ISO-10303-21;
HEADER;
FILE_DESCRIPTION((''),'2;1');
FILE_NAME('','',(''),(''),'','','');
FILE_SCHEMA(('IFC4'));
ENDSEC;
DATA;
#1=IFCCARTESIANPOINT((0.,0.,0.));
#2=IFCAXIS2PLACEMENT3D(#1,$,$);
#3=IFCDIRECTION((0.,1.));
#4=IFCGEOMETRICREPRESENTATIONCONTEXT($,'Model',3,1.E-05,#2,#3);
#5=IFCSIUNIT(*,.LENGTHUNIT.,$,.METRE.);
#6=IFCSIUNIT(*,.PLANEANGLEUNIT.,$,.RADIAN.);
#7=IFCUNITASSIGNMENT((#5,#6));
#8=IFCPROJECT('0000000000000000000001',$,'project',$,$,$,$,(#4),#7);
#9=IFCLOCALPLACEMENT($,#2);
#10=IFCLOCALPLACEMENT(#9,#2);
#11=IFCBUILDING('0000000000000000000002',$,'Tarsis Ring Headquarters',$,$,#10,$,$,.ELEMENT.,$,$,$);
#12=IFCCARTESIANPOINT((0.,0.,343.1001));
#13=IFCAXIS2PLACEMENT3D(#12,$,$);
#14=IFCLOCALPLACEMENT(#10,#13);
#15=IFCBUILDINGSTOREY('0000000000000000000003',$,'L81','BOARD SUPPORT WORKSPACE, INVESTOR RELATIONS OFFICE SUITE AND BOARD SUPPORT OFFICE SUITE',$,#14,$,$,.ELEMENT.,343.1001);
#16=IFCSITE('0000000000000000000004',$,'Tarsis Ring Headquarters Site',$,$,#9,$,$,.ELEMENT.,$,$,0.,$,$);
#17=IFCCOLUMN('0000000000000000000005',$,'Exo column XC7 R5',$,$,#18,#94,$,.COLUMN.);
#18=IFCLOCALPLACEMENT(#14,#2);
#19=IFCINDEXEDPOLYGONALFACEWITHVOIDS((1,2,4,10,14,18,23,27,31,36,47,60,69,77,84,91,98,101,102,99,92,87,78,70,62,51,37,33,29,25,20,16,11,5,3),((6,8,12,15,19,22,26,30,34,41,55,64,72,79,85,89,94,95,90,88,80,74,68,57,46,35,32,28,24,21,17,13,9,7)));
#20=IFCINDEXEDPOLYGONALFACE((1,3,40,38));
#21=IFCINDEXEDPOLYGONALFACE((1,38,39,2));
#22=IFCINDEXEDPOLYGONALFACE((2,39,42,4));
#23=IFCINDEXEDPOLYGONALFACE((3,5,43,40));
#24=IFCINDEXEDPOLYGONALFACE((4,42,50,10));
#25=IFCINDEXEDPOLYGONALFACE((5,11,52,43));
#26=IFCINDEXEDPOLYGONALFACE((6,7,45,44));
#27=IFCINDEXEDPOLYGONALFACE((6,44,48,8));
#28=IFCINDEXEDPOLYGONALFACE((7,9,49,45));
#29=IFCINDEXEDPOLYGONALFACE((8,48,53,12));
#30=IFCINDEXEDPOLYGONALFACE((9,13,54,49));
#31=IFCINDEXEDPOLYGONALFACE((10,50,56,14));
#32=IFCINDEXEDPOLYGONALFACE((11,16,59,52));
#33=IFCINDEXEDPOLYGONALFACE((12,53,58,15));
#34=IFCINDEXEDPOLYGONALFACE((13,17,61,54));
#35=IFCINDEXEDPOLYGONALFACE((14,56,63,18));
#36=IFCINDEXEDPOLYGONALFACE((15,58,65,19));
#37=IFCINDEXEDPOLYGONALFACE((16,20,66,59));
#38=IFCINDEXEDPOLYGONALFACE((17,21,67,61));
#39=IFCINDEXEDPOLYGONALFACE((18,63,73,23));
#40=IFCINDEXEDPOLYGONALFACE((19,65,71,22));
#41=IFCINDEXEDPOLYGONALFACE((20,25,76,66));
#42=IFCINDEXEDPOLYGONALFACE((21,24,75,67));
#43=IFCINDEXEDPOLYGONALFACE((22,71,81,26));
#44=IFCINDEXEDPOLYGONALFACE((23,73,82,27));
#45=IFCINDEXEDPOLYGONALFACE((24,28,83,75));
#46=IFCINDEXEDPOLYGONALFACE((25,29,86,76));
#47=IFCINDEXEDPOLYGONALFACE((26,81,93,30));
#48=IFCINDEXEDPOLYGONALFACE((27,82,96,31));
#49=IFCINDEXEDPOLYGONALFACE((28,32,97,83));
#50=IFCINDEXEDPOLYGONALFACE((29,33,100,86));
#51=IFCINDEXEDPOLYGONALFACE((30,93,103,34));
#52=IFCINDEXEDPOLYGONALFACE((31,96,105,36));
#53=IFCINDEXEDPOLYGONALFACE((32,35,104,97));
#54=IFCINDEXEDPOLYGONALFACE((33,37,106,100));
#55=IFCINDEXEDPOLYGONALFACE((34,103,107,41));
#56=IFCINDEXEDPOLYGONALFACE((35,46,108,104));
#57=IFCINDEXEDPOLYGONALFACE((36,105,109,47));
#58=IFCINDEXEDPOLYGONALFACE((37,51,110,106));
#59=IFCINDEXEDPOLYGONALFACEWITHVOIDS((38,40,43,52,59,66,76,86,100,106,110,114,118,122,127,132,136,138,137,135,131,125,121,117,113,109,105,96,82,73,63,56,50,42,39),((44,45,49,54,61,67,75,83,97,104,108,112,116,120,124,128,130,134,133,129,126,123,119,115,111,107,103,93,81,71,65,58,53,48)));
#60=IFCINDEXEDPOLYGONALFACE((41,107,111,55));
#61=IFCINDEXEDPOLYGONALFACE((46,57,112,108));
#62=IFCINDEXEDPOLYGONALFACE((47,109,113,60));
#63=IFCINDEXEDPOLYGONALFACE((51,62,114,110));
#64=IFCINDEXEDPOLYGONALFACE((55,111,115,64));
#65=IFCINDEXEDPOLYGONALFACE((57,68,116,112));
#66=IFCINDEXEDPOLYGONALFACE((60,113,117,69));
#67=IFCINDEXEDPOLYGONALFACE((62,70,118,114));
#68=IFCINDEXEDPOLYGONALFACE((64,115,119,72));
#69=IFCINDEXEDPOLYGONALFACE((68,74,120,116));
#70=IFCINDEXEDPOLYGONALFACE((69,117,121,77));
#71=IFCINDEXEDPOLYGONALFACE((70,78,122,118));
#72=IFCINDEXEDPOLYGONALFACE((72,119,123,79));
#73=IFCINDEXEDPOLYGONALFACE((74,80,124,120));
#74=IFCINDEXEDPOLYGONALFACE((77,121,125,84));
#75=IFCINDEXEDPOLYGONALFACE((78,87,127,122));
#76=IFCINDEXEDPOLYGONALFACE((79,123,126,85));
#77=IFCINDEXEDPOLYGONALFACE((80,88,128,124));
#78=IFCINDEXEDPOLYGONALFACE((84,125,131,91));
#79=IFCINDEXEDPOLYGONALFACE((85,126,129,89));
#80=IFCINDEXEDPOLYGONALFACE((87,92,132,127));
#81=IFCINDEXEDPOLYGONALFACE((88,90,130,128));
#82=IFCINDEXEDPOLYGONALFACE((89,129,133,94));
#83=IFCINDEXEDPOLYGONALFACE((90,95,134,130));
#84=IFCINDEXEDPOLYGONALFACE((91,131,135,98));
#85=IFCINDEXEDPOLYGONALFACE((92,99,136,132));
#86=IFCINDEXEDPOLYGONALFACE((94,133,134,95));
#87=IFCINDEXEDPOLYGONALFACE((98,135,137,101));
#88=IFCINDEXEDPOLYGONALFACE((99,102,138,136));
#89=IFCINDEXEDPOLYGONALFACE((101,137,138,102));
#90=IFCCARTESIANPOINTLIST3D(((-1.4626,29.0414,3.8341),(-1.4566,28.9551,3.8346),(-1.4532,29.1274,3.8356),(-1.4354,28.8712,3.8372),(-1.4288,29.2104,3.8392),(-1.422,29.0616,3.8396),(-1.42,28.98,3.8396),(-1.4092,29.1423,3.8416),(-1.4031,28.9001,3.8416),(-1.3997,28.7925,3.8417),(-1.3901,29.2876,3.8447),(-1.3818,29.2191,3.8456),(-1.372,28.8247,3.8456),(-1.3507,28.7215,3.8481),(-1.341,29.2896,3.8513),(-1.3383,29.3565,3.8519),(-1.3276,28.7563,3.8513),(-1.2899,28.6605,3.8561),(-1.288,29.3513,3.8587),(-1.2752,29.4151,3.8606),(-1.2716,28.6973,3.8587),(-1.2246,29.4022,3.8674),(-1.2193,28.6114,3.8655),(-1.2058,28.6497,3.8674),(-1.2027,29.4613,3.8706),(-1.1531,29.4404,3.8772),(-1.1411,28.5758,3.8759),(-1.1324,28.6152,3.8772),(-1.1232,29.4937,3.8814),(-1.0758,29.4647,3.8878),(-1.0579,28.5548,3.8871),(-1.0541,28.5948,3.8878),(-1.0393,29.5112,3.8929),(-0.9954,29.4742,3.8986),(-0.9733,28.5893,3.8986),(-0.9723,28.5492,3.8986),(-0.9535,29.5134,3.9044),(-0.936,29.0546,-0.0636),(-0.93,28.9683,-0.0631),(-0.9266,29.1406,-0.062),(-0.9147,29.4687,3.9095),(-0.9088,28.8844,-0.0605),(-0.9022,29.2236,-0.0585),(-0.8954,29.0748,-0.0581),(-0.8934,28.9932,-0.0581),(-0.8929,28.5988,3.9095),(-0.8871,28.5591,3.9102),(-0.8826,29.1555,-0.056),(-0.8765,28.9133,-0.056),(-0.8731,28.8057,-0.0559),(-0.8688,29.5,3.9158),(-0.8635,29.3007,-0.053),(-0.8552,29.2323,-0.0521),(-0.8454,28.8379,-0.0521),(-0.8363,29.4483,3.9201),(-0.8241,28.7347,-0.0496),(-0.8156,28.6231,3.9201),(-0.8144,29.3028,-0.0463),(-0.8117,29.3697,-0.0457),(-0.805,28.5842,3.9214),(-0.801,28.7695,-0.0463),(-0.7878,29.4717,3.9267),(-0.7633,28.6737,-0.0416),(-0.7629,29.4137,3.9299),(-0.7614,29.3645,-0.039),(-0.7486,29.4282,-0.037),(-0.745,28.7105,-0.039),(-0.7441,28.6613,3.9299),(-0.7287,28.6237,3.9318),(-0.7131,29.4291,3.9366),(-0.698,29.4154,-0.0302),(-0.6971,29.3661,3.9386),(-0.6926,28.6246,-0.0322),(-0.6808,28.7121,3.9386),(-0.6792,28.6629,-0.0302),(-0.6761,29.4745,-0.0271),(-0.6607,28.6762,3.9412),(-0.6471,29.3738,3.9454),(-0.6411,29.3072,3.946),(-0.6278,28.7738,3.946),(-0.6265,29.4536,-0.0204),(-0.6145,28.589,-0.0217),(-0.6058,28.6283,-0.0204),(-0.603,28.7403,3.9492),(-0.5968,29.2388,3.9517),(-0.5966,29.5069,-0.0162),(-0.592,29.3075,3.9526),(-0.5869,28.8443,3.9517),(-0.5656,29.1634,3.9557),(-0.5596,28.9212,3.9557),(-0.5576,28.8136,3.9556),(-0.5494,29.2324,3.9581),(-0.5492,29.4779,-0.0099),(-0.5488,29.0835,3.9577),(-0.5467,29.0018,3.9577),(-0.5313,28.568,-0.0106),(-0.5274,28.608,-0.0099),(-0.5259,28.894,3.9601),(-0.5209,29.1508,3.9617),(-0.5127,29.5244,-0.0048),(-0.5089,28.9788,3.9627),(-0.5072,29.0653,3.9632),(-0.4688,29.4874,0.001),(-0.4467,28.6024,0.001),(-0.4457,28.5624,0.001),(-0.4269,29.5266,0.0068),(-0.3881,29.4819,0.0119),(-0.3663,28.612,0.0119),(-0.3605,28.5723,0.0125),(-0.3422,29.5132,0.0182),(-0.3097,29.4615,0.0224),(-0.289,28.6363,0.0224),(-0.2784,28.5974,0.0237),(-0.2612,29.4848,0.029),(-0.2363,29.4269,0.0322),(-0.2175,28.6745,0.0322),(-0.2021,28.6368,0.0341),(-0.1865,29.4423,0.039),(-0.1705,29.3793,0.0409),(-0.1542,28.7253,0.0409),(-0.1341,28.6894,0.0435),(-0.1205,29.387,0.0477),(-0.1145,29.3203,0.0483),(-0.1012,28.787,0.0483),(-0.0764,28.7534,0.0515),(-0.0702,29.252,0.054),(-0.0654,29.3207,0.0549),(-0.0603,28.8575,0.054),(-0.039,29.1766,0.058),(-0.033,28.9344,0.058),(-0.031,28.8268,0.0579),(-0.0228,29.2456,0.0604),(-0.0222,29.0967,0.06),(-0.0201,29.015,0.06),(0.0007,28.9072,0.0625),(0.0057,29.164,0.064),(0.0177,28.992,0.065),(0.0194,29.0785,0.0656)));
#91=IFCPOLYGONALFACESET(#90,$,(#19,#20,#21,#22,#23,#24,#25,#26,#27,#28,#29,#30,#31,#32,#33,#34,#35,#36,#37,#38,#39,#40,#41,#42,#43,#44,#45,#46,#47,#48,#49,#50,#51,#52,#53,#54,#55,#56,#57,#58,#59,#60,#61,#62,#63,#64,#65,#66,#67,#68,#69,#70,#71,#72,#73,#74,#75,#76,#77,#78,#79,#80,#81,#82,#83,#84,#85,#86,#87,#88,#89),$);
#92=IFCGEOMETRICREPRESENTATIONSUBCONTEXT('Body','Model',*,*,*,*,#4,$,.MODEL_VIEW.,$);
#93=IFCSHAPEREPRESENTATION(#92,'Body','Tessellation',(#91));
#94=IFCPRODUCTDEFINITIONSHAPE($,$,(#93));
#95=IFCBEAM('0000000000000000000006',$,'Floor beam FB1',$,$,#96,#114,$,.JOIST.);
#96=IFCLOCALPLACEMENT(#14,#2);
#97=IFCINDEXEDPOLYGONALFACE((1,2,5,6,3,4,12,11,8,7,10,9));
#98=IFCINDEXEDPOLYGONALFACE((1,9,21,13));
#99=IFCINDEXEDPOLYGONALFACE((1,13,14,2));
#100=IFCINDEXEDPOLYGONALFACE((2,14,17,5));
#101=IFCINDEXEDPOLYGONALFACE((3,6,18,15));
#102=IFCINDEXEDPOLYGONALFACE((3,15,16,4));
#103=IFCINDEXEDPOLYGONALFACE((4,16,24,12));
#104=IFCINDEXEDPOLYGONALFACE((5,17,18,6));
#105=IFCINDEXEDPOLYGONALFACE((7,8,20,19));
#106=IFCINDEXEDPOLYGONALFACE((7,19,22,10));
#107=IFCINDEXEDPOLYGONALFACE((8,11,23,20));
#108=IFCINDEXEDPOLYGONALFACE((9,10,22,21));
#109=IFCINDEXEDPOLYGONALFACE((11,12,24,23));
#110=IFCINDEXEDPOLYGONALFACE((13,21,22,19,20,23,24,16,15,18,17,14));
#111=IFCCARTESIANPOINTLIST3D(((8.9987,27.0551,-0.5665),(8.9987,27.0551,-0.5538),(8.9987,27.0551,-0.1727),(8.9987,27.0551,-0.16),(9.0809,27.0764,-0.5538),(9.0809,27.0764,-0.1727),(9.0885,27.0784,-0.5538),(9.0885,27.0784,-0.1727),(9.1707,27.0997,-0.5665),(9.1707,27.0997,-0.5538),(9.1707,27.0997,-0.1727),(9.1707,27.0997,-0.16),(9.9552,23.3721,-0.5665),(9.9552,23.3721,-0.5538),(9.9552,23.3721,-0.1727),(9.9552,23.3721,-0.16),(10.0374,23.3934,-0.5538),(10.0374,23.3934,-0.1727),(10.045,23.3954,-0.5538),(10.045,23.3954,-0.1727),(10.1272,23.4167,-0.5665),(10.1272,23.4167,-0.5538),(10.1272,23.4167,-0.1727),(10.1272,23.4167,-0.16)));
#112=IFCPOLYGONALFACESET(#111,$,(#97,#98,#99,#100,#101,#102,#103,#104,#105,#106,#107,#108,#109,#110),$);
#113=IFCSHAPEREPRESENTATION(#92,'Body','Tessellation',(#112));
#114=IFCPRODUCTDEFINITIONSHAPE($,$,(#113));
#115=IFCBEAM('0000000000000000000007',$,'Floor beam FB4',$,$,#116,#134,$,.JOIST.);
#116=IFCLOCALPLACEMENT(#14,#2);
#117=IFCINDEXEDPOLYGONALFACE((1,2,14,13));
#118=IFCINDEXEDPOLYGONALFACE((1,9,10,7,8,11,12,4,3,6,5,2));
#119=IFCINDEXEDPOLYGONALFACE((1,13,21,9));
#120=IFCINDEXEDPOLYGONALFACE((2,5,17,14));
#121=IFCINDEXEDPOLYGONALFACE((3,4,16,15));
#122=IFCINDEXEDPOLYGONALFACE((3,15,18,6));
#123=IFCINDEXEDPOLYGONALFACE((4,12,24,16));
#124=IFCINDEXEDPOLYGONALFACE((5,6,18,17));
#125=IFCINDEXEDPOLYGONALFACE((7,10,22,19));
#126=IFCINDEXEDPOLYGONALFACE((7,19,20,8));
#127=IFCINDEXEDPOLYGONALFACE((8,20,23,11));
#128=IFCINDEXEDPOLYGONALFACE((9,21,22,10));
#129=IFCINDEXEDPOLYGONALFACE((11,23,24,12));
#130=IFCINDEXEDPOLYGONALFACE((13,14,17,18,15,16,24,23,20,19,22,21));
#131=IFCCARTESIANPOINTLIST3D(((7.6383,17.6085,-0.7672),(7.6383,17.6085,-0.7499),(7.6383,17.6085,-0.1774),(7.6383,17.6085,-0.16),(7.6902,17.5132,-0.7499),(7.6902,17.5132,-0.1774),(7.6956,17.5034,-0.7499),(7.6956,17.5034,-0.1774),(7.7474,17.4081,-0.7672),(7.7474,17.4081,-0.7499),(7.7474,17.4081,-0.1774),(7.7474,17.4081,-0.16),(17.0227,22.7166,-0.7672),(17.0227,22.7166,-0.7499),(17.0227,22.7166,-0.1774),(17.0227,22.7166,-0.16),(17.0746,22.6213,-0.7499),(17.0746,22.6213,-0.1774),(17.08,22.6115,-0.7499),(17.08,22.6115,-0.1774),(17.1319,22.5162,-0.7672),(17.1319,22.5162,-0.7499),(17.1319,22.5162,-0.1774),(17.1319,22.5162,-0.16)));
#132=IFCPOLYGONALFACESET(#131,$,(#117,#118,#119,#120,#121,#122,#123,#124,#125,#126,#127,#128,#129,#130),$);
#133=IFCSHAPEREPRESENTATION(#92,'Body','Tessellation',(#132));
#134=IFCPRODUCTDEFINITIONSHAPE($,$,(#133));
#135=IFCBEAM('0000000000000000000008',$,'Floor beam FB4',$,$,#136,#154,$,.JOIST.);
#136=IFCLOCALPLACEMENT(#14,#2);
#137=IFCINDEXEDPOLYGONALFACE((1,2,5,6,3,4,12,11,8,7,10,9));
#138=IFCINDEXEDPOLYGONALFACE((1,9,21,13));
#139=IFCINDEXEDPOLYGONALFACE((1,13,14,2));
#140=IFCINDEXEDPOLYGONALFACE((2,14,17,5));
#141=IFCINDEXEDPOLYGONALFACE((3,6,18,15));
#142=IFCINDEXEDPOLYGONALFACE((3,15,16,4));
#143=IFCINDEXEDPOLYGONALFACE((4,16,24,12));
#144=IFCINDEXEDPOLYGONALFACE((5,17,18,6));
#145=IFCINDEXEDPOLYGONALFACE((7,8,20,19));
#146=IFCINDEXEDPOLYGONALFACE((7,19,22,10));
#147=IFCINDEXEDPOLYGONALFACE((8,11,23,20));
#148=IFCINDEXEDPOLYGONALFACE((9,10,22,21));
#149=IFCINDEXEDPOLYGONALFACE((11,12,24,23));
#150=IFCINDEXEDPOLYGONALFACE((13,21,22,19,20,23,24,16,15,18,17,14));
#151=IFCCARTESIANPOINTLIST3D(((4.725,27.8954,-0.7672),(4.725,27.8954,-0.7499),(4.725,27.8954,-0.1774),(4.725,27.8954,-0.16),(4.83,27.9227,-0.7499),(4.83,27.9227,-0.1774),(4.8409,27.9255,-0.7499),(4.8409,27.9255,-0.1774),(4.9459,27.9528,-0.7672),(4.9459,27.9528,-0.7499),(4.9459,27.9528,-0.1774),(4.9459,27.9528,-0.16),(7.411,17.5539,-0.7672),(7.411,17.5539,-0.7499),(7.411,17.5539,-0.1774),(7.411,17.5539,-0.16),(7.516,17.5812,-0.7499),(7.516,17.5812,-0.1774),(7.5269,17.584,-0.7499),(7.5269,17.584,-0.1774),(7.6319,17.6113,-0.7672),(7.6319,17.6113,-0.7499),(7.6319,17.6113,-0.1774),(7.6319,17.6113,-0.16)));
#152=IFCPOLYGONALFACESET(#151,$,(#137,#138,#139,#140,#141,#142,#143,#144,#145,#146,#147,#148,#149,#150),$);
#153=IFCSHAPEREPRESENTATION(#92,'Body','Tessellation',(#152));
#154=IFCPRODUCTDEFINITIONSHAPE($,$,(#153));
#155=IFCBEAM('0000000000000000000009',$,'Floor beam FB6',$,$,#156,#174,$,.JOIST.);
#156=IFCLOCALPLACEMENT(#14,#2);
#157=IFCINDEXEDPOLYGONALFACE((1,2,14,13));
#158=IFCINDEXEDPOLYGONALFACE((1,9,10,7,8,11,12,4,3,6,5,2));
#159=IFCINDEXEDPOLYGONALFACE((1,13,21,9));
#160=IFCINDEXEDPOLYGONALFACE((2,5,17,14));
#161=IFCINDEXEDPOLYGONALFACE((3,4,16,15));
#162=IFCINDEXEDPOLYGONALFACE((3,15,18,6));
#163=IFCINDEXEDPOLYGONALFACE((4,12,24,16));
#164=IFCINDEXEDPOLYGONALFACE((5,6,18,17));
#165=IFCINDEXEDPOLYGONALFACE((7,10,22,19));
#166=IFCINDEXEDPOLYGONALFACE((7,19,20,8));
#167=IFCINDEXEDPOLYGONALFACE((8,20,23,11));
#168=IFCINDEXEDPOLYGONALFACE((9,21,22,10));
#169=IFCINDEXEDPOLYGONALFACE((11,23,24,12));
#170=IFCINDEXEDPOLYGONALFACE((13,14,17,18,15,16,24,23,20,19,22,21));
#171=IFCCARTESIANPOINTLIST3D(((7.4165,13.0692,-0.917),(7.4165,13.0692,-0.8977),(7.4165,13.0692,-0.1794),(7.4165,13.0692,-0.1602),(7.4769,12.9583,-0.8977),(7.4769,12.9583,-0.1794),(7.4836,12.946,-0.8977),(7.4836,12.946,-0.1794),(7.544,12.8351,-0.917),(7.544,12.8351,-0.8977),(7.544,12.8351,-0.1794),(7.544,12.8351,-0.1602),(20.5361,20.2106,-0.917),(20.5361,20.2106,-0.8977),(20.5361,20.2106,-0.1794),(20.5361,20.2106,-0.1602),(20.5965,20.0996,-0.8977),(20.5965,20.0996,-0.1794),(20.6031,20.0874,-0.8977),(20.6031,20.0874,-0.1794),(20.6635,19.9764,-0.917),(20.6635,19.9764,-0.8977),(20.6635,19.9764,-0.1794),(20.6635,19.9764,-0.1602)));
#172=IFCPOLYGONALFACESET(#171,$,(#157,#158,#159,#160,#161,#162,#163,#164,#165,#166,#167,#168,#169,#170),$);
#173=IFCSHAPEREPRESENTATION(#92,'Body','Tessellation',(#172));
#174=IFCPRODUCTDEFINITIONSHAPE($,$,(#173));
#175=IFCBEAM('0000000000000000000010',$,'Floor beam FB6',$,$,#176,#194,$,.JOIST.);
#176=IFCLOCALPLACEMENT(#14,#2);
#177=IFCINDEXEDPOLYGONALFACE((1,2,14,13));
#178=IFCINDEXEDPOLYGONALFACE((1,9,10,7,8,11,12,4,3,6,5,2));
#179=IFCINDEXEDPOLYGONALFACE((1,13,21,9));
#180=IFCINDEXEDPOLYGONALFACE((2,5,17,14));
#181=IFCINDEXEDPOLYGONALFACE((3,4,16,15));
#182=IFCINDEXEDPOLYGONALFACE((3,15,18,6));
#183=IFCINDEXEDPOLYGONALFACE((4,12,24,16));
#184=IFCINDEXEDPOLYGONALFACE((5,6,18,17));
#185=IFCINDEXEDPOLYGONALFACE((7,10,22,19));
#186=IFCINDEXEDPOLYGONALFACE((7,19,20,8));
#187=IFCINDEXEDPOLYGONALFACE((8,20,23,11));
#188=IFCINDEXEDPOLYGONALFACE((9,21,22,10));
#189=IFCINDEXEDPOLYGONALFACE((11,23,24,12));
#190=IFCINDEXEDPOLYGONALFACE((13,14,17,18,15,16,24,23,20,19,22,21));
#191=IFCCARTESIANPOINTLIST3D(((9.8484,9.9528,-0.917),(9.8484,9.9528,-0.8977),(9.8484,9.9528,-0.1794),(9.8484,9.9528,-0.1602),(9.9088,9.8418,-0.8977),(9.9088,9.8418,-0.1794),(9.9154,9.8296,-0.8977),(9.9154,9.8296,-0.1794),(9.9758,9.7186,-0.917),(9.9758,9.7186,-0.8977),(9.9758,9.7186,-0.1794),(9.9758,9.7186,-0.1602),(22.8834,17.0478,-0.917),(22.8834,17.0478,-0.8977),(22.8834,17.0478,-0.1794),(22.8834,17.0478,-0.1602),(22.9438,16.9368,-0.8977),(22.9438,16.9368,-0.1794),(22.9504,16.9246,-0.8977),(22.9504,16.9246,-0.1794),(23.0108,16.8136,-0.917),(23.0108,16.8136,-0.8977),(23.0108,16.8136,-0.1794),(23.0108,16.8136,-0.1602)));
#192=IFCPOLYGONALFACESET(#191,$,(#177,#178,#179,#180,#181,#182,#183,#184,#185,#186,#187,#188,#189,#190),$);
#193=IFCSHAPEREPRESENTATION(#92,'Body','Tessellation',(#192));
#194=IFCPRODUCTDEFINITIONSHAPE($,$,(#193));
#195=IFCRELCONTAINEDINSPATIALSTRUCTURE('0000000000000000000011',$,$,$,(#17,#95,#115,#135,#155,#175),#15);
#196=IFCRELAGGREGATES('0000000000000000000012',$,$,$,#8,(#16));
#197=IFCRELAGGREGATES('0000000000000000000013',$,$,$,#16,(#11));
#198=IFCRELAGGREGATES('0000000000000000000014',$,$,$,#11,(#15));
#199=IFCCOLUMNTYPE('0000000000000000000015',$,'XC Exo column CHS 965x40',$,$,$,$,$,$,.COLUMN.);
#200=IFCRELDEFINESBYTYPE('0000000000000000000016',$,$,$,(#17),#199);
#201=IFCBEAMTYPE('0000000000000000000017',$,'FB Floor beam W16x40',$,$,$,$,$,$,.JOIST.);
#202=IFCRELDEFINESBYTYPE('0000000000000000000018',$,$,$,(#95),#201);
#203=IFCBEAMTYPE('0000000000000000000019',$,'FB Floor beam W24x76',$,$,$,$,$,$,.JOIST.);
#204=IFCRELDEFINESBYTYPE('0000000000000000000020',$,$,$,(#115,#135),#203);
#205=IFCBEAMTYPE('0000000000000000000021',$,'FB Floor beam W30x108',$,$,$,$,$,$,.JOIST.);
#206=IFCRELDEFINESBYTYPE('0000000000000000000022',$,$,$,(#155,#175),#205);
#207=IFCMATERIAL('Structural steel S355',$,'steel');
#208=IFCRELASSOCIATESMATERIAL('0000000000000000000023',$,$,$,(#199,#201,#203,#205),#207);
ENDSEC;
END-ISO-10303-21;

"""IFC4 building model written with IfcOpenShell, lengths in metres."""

from ifc_helpers import new_model, si_unit, direction, frame, origin, origin_2d, place, context, subcontext, project, spatial, hollow_circle, i_section, extrude, material, material_profile, profile_set, type_object, element, save


model = new_model("IFC4")

# Units and contexts
model_context = context("Model", 3, precision=1e-05, world=origin(), true_north=direction((0.0, 1.0)))
body_context = subcontext(model_context, "Body", "Model", "MODEL_VIEW")
ifc_project = project(units=[si_unit("LENGTHUNIT", "METRE"), si_unit("PLANEANGLEUNIT", "RADIAN")], contexts=[model_context])

# Site, building, storey
site_placement = place(None, origin())
site = spatial("IfcSite", under=ifc_project, at=site_placement, Name="Tarsis Ring Headquarters Site", CompositionType="ELEMENT", RefElevation=0.0)
building_placement = place(site_placement, origin())
building = spatial("IfcBuilding", under=site, at=building_placement, Name="Tarsis Ring Headquarters", CompositionType="ELEMENT")
storey_placement = place(building_placement, frame((0.0, 0.0, 343.1001)))
storey = spatial("IfcBuildingStorey", under=building, at=storey_placement, Name="L81", Description="BOARD SUPPORT WORKSPACE, INVESTOR RELATIONS OFFICE SUITE AND BOARD SUPPORT OFFICE SUITE", CompositionType="ELEMENT", Elevation=343.1001)

# Column
ifc_material_1 = material(Name="Structural steel S355", Category="steel")
ifc_material_profile_1 = material_profile(ifc_material_1, hollow_circle(Radius=0.4827, WallThickness=0.04, at=origin_2d()), Name="CHS 965x40")
ifc_profile_set_1 = profile_set([ifc_material_profile_1], Name="Structural steel S355")
column_type = type_object("IfcColumnType", Name="XC Exo column CHS 965x40", PredefinedType="COLUMN", material=ifc_profile_set_1)
column_placement = place(storey_placement, frame((-0.4578, 29.0449, 0.001), z_axis=(-0.133891, -0.003352, 0.99099), x_axis=(0.025027, -0.999687, 0.0)))
element("IfcColumn", 1, at=column_placement, inside=storey, type_object=column_type, Name="Exo column XC7 R5", PredefinedType="COLUMN", context=body_context, shape_type="SweptSolid", body=[
    extrude(hollow_circle(Radius=0.4827, WallThickness=0.04, at=origin_2d()), origin(), (0.0, 0.0, 1.0), 3.9331),
])

# Beams
ifc_material_profile_2 = material_profile(ifc_material_1, i_section(OverallWidth=0.1777, OverallDepth=0.4065, WebThickness=0.0078, FlangeThickness=0.0127, at=origin_2d()), Name="W16x40")
ifc_profile_set_2 = profile_set([ifc_material_profile_2], Name="Structural steel S355")
beam_type_1 = type_object("IfcBeamType", Name="FB Floor beam W16x40", PredefinedType="JOIST", material=ifc_profile_set_2)
beam_1_placement = place(storey_placement, frame((9.0847, 27.0774, -0.3633), z_axis=(0.251372, -0.967891, 0.0), x_axis=(0.967891, 0.251372, 0.0)))
element("IfcBeam", 2, at=beam_1_placement, inside=storey, type_object=beam_type_1, Name="Floor beam FB1", PredefinedType="JOIST", context=body_context, shape_type="SweptSolid", body=[
    extrude(i_section(OverallWidth=0.1777, OverallDepth=0.4065, WebThickness=0.0078, FlangeThickness=0.0127, at=origin_2d()), origin(), (0.0, 0.0, 1.0), 3.8052),
])
ifc_material_profile_3 = material_profile(ifc_material_1, i_section(OverallWidth=0.2283, OverallDepth=0.6072, WebThickness=0.0112, FlangeThickness=0.0173, at=origin_2d()), Name="W24x76")
ifc_profile_set_3 = profile_set([ifc_material_profile_3], Name="Structural steel S355")
beam_type_2 = type_object("IfcBeamType", Name="FB Floor beam W24x76", PredefinedType="JOIST", material=ifc_profile_set_3)
for number, where, z_axis, x_axis, name in (
    (3, (7.6929, 17.5083, -0.4636), (0.878315, 0.478082, 0.0), (-0.478082, 0.878315, 0.0), "Floor beam FB4"),
    (4, (4.8354, 27.9241, -0.4636), (0.251391, -0.967886, 0.0), (0.967886, 0.251391, 0.0), "Floor beam FB4"),
):
    element("IfcBeam", number, at=place(storey_placement, frame(where, z_axis=z_axis, x_axis=x_axis)), inside=storey, type_object=beam_type_2, Name=name, PredefinedType="JOIST", context=body_context, shape_type="SweptSolid", body=[
        extrude(i_section(OverallWidth=0.2283, OverallDepth=0.6072, WebThickness=0.0112, FlangeThickness=0.0173, at=origin_2d()), origin(), (0.0, 0.0, 1.0), 10.6846),
    ])
ifc_material_profile_4 = material_profile(ifc_material_1, i_section(OverallWidth=0.2666, OverallDepth=0.7568, WebThickness=0.0139, FlangeThickness=0.0193, at=origin_2d()), Name="W30x108")
ifc_profile_set_4 = profile_set([ifc_material_profile_4], Name="Structural steel S355")
beam_type_3 = type_object("IfcBeamType", Name="FB Floor beam W30x108", PredefinedType="JOIST", material=ifc_profile_set_4)
beam_2_placement = place(storey_placement, frame((7.4802, 12.9521, -0.5386), z_axis=(0.878312, 0.478088, 0.0), x_axis=(-0.478088, 0.878312, 0.0)))
element("IfcBeam", 5, at=beam_2_placement, inside=storey, type_object=beam_type_3, Name="Floor beam FB6", PredefinedType="JOIST", context=body_context, shape_type="SweptSolid", body=[
    extrude(i_section(OverallWidth=0.2666, OverallDepth=0.7568, WebThickness=0.0139, FlangeThickness=0.0193, at=origin_2d()), origin(), (0.0, 0.0, 1.0), 14.9373),
])
beam_3_placement = place(storey_placement, frame((9.9121, 9.8357, -0.5386), z_axis=(0.87832, 0.478074, 0.0), x_axis=(-0.478074, 0.87832, 0.0)))
element("IfcBeam", 6, at=beam_3_placement, inside=storey, type_object=beam_type_3, Name="Floor beam FB6", PredefinedType="JOIST", context=body_context, shape_type="SweptSolid", body=[
    extrude(i_section(OverallWidth=0.2666, OverallDepth=0.7568, WebThickness=0.0139, FlangeThickness=0.0193, at=origin_2d()), origin(), (0.0, 0.0, 1.0), 14.8408),
])

save(model, "model.ifc")
